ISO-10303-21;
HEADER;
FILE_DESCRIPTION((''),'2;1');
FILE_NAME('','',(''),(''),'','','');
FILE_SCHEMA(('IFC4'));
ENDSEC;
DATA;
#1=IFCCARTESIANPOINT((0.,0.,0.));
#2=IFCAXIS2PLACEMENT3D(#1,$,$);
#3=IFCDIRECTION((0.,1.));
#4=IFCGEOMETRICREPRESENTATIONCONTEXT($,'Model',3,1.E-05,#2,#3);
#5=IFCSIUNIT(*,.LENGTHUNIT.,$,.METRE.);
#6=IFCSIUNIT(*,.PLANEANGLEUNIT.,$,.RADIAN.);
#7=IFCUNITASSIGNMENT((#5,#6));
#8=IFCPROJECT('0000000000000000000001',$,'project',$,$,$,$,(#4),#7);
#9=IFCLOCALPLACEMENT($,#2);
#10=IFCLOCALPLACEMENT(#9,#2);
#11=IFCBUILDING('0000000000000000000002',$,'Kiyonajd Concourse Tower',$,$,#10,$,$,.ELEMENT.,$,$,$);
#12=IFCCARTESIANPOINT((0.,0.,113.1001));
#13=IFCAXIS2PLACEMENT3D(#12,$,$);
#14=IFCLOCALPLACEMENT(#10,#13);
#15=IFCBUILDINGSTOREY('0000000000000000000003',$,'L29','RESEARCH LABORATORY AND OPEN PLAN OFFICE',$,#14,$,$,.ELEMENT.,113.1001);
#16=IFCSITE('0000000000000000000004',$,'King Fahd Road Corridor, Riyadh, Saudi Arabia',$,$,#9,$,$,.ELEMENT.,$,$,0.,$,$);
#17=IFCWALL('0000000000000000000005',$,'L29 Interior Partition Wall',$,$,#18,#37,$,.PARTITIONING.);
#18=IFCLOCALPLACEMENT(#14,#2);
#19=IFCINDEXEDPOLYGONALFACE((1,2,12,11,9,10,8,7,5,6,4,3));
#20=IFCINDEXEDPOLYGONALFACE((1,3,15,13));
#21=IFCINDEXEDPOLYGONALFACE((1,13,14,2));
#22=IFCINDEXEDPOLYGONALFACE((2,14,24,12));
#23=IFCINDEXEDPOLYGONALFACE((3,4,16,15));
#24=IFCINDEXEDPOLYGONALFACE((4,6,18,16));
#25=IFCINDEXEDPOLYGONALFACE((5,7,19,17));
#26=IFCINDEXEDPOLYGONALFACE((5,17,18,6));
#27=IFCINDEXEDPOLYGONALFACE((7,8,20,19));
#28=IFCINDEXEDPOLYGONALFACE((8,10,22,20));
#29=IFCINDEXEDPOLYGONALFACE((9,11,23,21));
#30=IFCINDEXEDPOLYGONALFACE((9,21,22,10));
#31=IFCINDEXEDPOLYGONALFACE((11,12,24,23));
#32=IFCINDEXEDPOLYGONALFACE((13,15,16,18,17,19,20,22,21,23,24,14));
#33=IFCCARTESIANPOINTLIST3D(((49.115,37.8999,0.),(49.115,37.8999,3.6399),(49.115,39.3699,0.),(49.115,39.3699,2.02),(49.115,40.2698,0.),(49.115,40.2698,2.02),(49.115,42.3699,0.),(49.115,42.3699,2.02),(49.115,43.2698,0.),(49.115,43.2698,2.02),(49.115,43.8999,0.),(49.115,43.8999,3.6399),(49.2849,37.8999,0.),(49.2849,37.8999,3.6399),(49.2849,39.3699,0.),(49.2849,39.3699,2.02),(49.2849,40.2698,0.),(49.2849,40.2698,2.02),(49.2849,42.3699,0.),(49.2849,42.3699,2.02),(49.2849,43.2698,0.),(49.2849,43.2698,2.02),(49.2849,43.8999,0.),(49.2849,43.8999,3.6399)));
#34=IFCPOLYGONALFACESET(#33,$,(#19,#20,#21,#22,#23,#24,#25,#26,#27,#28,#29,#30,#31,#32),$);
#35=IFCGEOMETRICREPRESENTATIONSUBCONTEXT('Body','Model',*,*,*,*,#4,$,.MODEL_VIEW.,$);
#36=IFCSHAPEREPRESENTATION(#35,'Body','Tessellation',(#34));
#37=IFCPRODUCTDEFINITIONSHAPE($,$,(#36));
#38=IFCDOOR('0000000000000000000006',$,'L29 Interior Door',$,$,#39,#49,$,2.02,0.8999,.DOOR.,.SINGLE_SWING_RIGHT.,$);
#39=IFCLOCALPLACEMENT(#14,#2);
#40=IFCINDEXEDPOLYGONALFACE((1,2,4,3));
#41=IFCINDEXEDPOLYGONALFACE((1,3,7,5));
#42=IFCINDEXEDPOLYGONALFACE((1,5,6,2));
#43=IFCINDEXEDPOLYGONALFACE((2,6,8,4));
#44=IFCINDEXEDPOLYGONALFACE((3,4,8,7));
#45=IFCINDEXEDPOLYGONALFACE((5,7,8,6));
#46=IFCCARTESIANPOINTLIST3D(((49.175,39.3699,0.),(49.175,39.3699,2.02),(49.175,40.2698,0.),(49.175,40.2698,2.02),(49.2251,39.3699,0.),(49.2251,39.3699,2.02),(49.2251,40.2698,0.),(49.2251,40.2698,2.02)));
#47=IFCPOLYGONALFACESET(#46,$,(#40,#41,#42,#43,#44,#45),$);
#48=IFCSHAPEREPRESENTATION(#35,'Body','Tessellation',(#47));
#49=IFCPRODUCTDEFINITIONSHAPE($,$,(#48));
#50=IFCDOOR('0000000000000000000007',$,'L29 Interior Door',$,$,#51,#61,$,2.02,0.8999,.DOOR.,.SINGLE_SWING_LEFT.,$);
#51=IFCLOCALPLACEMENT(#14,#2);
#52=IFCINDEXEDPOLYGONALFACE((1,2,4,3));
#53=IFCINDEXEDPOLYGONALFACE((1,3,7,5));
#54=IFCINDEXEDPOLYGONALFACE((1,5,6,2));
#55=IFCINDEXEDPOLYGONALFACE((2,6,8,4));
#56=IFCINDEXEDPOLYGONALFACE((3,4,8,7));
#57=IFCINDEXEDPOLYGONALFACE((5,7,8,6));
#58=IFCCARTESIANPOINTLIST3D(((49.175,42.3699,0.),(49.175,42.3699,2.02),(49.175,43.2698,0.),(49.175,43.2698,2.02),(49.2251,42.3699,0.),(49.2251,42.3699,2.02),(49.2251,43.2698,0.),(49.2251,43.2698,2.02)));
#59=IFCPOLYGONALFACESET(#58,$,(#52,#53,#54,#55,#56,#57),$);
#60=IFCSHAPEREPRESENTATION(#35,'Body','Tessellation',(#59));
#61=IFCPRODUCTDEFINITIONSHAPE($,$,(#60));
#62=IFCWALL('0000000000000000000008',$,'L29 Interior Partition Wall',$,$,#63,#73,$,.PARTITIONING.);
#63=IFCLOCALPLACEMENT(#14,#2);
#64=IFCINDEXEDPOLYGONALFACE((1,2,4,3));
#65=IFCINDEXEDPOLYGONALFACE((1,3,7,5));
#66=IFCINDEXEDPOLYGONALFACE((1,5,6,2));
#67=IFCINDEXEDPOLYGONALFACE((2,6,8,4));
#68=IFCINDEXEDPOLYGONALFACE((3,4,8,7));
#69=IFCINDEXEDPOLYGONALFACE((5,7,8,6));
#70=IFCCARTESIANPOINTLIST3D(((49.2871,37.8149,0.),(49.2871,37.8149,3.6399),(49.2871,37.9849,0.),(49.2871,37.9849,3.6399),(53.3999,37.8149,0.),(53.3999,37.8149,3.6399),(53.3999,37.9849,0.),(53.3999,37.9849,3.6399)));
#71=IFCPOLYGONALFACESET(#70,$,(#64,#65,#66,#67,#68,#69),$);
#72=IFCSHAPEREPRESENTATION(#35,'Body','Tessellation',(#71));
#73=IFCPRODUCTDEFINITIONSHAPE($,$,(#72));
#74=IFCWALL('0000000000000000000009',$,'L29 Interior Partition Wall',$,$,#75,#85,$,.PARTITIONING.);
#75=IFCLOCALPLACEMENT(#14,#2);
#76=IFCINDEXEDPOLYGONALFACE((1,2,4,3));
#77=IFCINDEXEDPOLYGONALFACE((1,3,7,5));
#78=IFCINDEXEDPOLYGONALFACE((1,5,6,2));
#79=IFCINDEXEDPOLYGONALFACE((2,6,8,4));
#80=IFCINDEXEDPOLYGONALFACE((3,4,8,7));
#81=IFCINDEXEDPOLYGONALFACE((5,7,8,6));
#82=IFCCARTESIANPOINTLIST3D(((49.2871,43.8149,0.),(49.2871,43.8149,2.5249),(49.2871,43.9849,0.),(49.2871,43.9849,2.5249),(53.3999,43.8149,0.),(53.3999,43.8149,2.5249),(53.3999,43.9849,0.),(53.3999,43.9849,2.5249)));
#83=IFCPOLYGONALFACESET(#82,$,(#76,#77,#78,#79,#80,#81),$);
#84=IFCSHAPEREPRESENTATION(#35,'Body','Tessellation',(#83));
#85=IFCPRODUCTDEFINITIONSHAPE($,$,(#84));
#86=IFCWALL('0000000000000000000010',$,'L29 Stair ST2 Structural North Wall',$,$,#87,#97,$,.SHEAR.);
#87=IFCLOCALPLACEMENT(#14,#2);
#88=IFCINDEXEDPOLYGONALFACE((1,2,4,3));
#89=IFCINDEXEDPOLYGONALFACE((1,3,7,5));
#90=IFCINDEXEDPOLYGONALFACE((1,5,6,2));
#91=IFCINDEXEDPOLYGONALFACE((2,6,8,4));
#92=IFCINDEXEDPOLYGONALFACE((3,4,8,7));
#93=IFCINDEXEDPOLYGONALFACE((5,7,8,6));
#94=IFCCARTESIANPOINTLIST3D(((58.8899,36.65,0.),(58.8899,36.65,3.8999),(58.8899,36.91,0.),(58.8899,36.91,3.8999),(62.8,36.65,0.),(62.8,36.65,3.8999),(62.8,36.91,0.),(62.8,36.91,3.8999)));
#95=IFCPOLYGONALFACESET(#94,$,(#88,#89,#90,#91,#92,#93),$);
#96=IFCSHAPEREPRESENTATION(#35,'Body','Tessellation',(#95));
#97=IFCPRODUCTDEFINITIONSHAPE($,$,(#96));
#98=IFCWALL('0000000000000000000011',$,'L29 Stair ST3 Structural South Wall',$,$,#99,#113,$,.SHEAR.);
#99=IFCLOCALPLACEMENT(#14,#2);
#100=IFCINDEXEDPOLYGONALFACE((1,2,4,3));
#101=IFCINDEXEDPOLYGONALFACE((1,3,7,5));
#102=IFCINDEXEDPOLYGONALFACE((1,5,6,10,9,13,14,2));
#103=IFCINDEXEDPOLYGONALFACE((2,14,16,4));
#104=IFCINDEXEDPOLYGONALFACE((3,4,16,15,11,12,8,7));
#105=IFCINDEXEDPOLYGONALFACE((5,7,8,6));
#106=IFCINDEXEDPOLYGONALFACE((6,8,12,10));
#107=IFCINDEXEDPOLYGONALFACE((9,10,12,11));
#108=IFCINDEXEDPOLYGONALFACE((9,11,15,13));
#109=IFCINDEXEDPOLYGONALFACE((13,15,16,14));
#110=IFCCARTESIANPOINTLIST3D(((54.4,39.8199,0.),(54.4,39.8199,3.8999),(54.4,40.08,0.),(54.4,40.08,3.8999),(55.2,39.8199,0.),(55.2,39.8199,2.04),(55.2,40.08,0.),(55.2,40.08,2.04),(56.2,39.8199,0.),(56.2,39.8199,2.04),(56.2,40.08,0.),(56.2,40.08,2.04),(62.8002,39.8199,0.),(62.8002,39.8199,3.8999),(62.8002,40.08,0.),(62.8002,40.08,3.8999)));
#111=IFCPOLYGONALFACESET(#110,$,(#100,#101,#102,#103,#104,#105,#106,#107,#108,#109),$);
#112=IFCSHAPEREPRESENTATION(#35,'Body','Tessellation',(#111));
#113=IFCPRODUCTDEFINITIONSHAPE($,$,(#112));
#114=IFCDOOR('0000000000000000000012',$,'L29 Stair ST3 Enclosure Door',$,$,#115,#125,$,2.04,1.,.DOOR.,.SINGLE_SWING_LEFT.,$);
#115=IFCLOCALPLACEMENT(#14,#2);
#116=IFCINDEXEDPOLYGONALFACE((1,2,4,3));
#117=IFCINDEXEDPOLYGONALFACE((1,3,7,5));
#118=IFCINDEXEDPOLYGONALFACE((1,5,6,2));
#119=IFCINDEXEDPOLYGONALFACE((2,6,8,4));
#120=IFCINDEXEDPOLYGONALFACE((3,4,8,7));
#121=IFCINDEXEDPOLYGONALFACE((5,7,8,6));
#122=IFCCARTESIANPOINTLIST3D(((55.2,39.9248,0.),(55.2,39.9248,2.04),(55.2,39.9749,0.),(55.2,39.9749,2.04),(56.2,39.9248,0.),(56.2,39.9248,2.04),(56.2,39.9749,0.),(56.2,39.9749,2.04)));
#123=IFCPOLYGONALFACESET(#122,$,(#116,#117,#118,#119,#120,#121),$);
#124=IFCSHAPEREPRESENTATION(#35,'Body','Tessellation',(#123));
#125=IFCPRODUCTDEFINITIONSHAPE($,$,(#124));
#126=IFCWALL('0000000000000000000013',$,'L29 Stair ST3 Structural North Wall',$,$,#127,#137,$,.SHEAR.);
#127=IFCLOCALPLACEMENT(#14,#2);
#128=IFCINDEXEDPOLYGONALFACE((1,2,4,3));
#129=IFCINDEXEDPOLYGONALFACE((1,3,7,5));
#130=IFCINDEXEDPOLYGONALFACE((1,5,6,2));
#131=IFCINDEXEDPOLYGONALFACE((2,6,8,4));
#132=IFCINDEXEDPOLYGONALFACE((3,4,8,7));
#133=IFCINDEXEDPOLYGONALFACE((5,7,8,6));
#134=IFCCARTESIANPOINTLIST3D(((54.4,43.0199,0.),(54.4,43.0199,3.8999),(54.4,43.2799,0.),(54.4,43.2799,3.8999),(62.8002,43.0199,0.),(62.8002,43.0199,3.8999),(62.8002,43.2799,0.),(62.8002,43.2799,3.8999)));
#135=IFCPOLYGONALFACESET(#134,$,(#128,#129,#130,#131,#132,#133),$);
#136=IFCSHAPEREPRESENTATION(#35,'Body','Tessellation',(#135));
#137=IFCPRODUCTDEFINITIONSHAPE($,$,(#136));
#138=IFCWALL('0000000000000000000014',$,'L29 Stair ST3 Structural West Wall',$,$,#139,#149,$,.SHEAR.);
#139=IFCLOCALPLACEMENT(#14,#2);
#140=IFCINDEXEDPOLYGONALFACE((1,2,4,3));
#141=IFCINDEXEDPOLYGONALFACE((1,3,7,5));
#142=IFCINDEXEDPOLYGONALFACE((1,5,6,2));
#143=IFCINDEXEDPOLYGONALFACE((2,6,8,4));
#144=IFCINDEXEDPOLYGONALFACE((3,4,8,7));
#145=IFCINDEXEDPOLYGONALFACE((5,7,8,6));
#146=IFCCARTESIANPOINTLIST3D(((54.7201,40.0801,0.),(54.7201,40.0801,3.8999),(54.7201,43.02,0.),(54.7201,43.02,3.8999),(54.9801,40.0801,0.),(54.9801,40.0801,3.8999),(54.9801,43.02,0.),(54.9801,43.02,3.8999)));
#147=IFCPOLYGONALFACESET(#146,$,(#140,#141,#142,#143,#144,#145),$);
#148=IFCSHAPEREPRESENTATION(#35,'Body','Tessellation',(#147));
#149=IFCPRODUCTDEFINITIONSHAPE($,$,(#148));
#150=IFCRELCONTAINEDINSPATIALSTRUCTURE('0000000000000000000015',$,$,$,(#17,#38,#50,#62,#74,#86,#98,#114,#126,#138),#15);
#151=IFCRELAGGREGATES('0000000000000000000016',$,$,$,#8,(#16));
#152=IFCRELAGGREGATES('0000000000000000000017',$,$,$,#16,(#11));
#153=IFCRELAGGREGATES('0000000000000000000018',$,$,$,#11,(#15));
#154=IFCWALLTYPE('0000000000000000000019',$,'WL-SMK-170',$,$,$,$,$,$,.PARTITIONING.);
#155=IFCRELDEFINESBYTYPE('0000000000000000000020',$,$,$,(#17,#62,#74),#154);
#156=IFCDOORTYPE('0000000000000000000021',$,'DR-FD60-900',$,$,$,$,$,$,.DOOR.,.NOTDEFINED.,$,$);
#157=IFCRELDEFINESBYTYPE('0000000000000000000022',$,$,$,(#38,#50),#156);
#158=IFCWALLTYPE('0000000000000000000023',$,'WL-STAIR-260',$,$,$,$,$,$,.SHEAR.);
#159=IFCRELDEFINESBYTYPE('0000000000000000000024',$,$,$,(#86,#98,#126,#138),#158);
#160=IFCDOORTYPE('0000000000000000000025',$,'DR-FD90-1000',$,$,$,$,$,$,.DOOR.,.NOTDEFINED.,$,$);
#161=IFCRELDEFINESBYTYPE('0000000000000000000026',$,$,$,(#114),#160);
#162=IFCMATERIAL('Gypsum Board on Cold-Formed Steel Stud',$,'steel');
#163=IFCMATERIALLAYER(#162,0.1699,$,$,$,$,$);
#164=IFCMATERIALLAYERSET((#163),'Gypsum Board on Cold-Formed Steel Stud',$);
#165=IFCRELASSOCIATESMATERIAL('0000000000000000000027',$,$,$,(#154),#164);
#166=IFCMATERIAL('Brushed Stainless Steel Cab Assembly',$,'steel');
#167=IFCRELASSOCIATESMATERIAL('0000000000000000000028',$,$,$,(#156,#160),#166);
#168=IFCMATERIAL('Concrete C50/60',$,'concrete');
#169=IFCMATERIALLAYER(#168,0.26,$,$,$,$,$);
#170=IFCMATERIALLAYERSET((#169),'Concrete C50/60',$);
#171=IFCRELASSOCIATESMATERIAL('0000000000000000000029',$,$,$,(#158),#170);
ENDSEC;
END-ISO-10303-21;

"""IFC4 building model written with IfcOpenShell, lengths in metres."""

from ifc_helpers import new_model, si_unit, direction, frame, frame_2d, origin, place, context, subcontext, project, spatial, rectangle, extrude, material, layer, layer_set, type_object, element, fill, save


model = new_model("IFC4")

# Units and contexts
model_context = context("Model", 3, precision=1e-05, world=origin(), true_north=direction((0.0, 1.0)))
body_context = subcontext(model_context, "Body", "Model", "MODEL_VIEW")
ifc_project = project(units=[si_unit("LENGTHUNIT", "METRE"), si_unit("PLANEANGLEUNIT", "RADIAN")], contexts=[model_context])

# Site, building, storey
site_placement = place(None, origin())
site = spatial("IfcSite", under=ifc_project, at=site_placement, Name="King Fahd Road Corridor, Riyadh, Saudi Arabia", CompositionType="ELEMENT", RefElevation=0.0)
building_placement = place(site_placement, origin())
building = spatial("IfcBuilding", under=site, at=building_placement, Name="Kiyonajd Concourse Tower", CompositionType="ELEMENT")
storey_placement = place(building_placement, frame((0.0, 0.0, 113.1001)))
storey = spatial("IfcBuildingStorey", under=building, at=storey_placement, Name="L29", Description="RESEARCH LABORATORY AND OPEN PLAN OFFICE", CompositionType="ELEMENT", Elevation=113.1001)

# Shared definitions
ifc_material_1 = material(Name="Concrete C50/60", Category="concrete")

# Shared definitions
ifc_material_2 = material(Name="Gypsum Board on Cold-Formed Steel Stud", Category="steel")
ifc_layer_1 = layer(ifc_material_2, 0.1699)
ifc_layer_set_1 = layer_set([ifc_layer_1], Name="Gypsum Board on Cold-Formed Steel Stud")
wall_type_1 = type_object("IfcWallType", Name="WL-SMK-170", PredefinedType="PARTITIONING", material=ifc_layer_set_1)

# Wall, openings, doors
wall_1_placement = place(storey_placement, frame((49.2, 37.8999, 0.0), z_axis=(0.0, 0.0, 1.0), x_axis=(0.0, 1.0, 0.0)))
wall_1 = element("IfcWall", 1, at=wall_1_placement, inside=storey, type_object=wall_type_1, Name="L29 Interior Partition Wall", PredefinedType="PARTITIONING", context=body_context, shape_type="SweptSolid", body=[
    extrude(rectangle(XDim=6.0, YDim=0.1699, at=frame_2d((3.0, 0.0))), origin(), (0.0, 0.0, 1.0), 3.6399),
])
opening_1_placement = place(wall_1_placement, frame((1.47, 0.0, 0.0)))
opening_1 = element("IfcOpeningElement", 2, at=opening_1_placement, cuts=wall_1, PredefinedType="OPENING", context=body_context, shape_type="SweptSolid", body=[
    extrude(rectangle(XDim=0.8999, YDim=2.02, at=frame_2d((0.45, 1.01))), frame((0.0, 0.095, 0.0), z_axis=(0.0, -1.0, 0.0), x_axis=(1.0, 0.0, 0.0)), (0.0, 0.0, 1.0), 0.1899),
])
opening_2_placement = place(wall_1_placement, frame((4.47, 0.0, 0.0)))
opening_2 = element("IfcOpeningElement", 3, at=opening_2_placement, cuts=wall_1, PredefinedType="OPENING", context=body_context, shape_type="SweptSolid", body=[
    extrude(rectangle(XDim=0.8999, YDim=2.02, at=frame_2d((0.45, 1.01))), frame((0.0, 0.095, 0.0), z_axis=(0.0, -1.0, 0.0), x_axis=(1.0, 0.0, 0.0)), (0.0, 0.0, 1.0), 0.1899),
])
ifc_material_3 = material(Name="Brushed Stainless Steel Cab Assembly", Category="steel")
door_type_1 = type_object("IfcDoorType", Name="DR-FD60-900", OperationType="NOTDEFINED", PredefinedType="DOOR", material=ifc_material_3)
door_1_placement = place(opening_1_placement, origin())
door_1 = element("IfcDoor", 4, at=door_1_placement, inside=storey, type_object=door_type_1, Name="L29 Interior Door", OperationType="SINGLE_SWING_RIGHT", OverallHeight=2.02, OverallWidth=0.8999, PredefinedType="DOOR", context=body_context, shape_type="SweptSolid", body=[
    extrude(rectangle(XDim=0.8999, YDim=2.02, at=frame_2d((0.45, 1.01))), frame((0.0, 0.0249, 0.0), z_axis=(0.0, -1.0, 0.0), x_axis=(1.0, 0.0, 0.0)), (0.0, 0.0, 1.0), 0.05),
])
fill(opening_1, door_1)
door_2_placement = place(opening_2_placement, origin())
door_2 = element("IfcDoor", 5, at=door_2_placement, inside=storey, type_object=door_type_1, Name="L29 Interior Door", OperationType="SINGLE_SWING_LEFT", OverallHeight=2.02, OverallWidth=0.8999, PredefinedType="DOOR", context=body_context, shape_type="SweptSolid", body=[
    extrude(rectangle(XDim=0.8999, YDim=2.02, at=frame_2d((0.45, 1.01))), frame((0.0, 0.0249, 0.0), z_axis=(0.0, -1.0, 0.0), x_axis=(1.0, 0.0, 0.0)), (0.0, 0.0, 1.0), 0.05),
])
fill(opening_2, door_2)

# Walls
wall_2_placement = place(storey_placement, frame((49.2871, 37.8999, 0.0), z_axis=(0.0, 0.0, 1.0), x_axis=(1.0, 0.0, 0.0)))
element("IfcWall", 6, at=wall_2_placement, inside=storey, type_object=wall_type_1, Name="L29 Interior Partition Wall", PredefinedType="PARTITIONING", context=body_context, shape_type="SweptSolid", body=[
    extrude(rectangle(XDim=4.1128, YDim=0.1699, at=frame_2d((2.0564, 0.0))), origin(), (0.0, 0.0, 1.0), 3.6399),
])
wall_3_placement = place(storey_placement, frame((49.2871, 43.8999, 0.0), z_axis=(0.0, 0.0, 1.0), x_axis=(1.0, 0.0, 0.0)))
element("IfcWall", 7, at=wall_3_placement, inside=storey, type_object=wall_type_1, Name="L29 Interior Partition Wall", PredefinedType="PARTITIONING", context=body_context, shape_type="SweptSolid", body=[
    extrude(rectangle(XDim=4.1128, YDim=0.1699, at=frame_2d((2.0564, 0.0))), origin(), (0.0, 0.0, 1.0), 2.5249),
])
ifc_layer_2 = layer(ifc_material_1, 0.26)
ifc_layer_set_2 = layer_set([ifc_layer_2], Name="Concrete C50/60")
wall_type_2 = type_object("IfcWallType", Name="WL-STAIR-260", PredefinedType="SHEAR", material=ifc_layer_set_2)
wall_4_placement = place(storey_placement, frame((58.8899, 36.78, 0.0), z_axis=(0.0, 0.0, 1.0), x_axis=(1.0, 0.0, 0.0)))
element("IfcWall", 8, at=wall_4_placement, inside=storey, type_object=wall_type_2, Name="L29 Stair ST2 Structural North Wall", PredefinedType="SHEAR", context=body_context, shape_type="SweptSolid", body=[
    extrude(rectangle(XDim=3.9102, YDim=0.26, at=frame_2d((1.9551, 0.0))), origin(), (0.0, 0.0, 1.0), 3.8999),
])

# Wall, opening, door
wall_5_placement = place(storey_placement, frame((54.3999, 39.95, 0.0), z_axis=(0.0, 0.0, 1.0), x_axis=(1.0, 0.0, 0.0)))
wall_5 = element("IfcWall", 9, at=wall_5_placement, inside=storey, type_object=wall_type_2, Name="L29 Stair ST3 Structural South Wall", PredefinedType="SHEAR", context=body_context, shape_type="SweptSolid", body=[
    extrude(rectangle(XDim=8.4001, YDim=0.26, at=frame_2d((4.2002, 0.0))), origin(), (0.0, 0.0, 1.0), 3.8999),
])
opening_3_placement = place(wall_5_placement, frame((0.8, 0.0, 0.0)))
opening_3 = element("IfcOpeningElement", 10, at=opening_3_placement, cuts=wall_5, PredefinedType="OPENING", context=body_context, shape_type="SweptSolid", body=[
    extrude(rectangle(XDim=1.0, YDim=2.04, at=frame_2d((0.5, 1.02))), frame((0.0, 0.1399, 0.0), z_axis=(0.0, -1.0, 0.0), x_axis=(1.0, 0.0, 0.0)), (0.0, 0.0, 1.0), 0.28),
])
door_type_2 = type_object("IfcDoorType", Name="DR-FD90-1000", OperationType="NOTDEFINED", PredefinedType="DOOR", material=ifc_material_3)
door_3_placement = place(opening_3_placement, origin())
door_3 = element("IfcDoor", 11, at=door_3_placement, inside=storey, type_object=door_type_2, Name="L29 Stair ST3 Enclosure Door", OperationType="SINGLE_SWING_LEFT", OverallHeight=2.04, OverallWidth=1.0, PredefinedType="DOOR", context=body_context, shape_type="SweptSolid", body=[
    extrude(rectangle(XDim=1.0, YDim=2.04, at=frame_2d((0.5, 1.02))), frame((0.0, 0.0249, 0.0), z_axis=(0.0, -1.0, 0.0), x_axis=(1.0, 0.0, 0.0)), (0.0, 0.0, 1.0), 0.05),
])
fill(opening_3, door_3)

# Walls
wall_6_placement = place(storey_placement, frame((54.3999, 43.1499, 0.0), z_axis=(0.0, 0.0, 1.0), x_axis=(1.0, 0.0, 0.0)))
element("IfcWall", 12, at=wall_6_placement, inside=storey, type_object=wall_type_2, Name="L29 Stair ST3 Structural North Wall", PredefinedType="SHEAR", context=body_context, shape_type="SweptSolid", body=[
    extrude(rectangle(XDim=8.4001, YDim=0.26, at=frame_2d((4.2002, 0.0))), origin(), (0.0, 0.0, 1.0), 3.8999),
])
wall_7_placement = place(storey_placement, frame((54.8501, 40.0801, 0.0), z_axis=(0.0, 0.0, 1.0), x_axis=(0.0, 1.0, 0.0)))
element("IfcWall", 13, at=wall_7_placement, inside=storey, type_object=wall_type_2, Name="L29 Stair ST3 Structural West Wall", PredefinedType="SHEAR", context=body_context, shape_type="SweptSolid", body=[
    extrude(rectangle(XDim=2.9399, YDim=0.26, at=frame_2d((1.47, 0.0))), origin(), (0.0, 0.0, 1.0), 3.8999),
])

save(model, "model.ifc")
